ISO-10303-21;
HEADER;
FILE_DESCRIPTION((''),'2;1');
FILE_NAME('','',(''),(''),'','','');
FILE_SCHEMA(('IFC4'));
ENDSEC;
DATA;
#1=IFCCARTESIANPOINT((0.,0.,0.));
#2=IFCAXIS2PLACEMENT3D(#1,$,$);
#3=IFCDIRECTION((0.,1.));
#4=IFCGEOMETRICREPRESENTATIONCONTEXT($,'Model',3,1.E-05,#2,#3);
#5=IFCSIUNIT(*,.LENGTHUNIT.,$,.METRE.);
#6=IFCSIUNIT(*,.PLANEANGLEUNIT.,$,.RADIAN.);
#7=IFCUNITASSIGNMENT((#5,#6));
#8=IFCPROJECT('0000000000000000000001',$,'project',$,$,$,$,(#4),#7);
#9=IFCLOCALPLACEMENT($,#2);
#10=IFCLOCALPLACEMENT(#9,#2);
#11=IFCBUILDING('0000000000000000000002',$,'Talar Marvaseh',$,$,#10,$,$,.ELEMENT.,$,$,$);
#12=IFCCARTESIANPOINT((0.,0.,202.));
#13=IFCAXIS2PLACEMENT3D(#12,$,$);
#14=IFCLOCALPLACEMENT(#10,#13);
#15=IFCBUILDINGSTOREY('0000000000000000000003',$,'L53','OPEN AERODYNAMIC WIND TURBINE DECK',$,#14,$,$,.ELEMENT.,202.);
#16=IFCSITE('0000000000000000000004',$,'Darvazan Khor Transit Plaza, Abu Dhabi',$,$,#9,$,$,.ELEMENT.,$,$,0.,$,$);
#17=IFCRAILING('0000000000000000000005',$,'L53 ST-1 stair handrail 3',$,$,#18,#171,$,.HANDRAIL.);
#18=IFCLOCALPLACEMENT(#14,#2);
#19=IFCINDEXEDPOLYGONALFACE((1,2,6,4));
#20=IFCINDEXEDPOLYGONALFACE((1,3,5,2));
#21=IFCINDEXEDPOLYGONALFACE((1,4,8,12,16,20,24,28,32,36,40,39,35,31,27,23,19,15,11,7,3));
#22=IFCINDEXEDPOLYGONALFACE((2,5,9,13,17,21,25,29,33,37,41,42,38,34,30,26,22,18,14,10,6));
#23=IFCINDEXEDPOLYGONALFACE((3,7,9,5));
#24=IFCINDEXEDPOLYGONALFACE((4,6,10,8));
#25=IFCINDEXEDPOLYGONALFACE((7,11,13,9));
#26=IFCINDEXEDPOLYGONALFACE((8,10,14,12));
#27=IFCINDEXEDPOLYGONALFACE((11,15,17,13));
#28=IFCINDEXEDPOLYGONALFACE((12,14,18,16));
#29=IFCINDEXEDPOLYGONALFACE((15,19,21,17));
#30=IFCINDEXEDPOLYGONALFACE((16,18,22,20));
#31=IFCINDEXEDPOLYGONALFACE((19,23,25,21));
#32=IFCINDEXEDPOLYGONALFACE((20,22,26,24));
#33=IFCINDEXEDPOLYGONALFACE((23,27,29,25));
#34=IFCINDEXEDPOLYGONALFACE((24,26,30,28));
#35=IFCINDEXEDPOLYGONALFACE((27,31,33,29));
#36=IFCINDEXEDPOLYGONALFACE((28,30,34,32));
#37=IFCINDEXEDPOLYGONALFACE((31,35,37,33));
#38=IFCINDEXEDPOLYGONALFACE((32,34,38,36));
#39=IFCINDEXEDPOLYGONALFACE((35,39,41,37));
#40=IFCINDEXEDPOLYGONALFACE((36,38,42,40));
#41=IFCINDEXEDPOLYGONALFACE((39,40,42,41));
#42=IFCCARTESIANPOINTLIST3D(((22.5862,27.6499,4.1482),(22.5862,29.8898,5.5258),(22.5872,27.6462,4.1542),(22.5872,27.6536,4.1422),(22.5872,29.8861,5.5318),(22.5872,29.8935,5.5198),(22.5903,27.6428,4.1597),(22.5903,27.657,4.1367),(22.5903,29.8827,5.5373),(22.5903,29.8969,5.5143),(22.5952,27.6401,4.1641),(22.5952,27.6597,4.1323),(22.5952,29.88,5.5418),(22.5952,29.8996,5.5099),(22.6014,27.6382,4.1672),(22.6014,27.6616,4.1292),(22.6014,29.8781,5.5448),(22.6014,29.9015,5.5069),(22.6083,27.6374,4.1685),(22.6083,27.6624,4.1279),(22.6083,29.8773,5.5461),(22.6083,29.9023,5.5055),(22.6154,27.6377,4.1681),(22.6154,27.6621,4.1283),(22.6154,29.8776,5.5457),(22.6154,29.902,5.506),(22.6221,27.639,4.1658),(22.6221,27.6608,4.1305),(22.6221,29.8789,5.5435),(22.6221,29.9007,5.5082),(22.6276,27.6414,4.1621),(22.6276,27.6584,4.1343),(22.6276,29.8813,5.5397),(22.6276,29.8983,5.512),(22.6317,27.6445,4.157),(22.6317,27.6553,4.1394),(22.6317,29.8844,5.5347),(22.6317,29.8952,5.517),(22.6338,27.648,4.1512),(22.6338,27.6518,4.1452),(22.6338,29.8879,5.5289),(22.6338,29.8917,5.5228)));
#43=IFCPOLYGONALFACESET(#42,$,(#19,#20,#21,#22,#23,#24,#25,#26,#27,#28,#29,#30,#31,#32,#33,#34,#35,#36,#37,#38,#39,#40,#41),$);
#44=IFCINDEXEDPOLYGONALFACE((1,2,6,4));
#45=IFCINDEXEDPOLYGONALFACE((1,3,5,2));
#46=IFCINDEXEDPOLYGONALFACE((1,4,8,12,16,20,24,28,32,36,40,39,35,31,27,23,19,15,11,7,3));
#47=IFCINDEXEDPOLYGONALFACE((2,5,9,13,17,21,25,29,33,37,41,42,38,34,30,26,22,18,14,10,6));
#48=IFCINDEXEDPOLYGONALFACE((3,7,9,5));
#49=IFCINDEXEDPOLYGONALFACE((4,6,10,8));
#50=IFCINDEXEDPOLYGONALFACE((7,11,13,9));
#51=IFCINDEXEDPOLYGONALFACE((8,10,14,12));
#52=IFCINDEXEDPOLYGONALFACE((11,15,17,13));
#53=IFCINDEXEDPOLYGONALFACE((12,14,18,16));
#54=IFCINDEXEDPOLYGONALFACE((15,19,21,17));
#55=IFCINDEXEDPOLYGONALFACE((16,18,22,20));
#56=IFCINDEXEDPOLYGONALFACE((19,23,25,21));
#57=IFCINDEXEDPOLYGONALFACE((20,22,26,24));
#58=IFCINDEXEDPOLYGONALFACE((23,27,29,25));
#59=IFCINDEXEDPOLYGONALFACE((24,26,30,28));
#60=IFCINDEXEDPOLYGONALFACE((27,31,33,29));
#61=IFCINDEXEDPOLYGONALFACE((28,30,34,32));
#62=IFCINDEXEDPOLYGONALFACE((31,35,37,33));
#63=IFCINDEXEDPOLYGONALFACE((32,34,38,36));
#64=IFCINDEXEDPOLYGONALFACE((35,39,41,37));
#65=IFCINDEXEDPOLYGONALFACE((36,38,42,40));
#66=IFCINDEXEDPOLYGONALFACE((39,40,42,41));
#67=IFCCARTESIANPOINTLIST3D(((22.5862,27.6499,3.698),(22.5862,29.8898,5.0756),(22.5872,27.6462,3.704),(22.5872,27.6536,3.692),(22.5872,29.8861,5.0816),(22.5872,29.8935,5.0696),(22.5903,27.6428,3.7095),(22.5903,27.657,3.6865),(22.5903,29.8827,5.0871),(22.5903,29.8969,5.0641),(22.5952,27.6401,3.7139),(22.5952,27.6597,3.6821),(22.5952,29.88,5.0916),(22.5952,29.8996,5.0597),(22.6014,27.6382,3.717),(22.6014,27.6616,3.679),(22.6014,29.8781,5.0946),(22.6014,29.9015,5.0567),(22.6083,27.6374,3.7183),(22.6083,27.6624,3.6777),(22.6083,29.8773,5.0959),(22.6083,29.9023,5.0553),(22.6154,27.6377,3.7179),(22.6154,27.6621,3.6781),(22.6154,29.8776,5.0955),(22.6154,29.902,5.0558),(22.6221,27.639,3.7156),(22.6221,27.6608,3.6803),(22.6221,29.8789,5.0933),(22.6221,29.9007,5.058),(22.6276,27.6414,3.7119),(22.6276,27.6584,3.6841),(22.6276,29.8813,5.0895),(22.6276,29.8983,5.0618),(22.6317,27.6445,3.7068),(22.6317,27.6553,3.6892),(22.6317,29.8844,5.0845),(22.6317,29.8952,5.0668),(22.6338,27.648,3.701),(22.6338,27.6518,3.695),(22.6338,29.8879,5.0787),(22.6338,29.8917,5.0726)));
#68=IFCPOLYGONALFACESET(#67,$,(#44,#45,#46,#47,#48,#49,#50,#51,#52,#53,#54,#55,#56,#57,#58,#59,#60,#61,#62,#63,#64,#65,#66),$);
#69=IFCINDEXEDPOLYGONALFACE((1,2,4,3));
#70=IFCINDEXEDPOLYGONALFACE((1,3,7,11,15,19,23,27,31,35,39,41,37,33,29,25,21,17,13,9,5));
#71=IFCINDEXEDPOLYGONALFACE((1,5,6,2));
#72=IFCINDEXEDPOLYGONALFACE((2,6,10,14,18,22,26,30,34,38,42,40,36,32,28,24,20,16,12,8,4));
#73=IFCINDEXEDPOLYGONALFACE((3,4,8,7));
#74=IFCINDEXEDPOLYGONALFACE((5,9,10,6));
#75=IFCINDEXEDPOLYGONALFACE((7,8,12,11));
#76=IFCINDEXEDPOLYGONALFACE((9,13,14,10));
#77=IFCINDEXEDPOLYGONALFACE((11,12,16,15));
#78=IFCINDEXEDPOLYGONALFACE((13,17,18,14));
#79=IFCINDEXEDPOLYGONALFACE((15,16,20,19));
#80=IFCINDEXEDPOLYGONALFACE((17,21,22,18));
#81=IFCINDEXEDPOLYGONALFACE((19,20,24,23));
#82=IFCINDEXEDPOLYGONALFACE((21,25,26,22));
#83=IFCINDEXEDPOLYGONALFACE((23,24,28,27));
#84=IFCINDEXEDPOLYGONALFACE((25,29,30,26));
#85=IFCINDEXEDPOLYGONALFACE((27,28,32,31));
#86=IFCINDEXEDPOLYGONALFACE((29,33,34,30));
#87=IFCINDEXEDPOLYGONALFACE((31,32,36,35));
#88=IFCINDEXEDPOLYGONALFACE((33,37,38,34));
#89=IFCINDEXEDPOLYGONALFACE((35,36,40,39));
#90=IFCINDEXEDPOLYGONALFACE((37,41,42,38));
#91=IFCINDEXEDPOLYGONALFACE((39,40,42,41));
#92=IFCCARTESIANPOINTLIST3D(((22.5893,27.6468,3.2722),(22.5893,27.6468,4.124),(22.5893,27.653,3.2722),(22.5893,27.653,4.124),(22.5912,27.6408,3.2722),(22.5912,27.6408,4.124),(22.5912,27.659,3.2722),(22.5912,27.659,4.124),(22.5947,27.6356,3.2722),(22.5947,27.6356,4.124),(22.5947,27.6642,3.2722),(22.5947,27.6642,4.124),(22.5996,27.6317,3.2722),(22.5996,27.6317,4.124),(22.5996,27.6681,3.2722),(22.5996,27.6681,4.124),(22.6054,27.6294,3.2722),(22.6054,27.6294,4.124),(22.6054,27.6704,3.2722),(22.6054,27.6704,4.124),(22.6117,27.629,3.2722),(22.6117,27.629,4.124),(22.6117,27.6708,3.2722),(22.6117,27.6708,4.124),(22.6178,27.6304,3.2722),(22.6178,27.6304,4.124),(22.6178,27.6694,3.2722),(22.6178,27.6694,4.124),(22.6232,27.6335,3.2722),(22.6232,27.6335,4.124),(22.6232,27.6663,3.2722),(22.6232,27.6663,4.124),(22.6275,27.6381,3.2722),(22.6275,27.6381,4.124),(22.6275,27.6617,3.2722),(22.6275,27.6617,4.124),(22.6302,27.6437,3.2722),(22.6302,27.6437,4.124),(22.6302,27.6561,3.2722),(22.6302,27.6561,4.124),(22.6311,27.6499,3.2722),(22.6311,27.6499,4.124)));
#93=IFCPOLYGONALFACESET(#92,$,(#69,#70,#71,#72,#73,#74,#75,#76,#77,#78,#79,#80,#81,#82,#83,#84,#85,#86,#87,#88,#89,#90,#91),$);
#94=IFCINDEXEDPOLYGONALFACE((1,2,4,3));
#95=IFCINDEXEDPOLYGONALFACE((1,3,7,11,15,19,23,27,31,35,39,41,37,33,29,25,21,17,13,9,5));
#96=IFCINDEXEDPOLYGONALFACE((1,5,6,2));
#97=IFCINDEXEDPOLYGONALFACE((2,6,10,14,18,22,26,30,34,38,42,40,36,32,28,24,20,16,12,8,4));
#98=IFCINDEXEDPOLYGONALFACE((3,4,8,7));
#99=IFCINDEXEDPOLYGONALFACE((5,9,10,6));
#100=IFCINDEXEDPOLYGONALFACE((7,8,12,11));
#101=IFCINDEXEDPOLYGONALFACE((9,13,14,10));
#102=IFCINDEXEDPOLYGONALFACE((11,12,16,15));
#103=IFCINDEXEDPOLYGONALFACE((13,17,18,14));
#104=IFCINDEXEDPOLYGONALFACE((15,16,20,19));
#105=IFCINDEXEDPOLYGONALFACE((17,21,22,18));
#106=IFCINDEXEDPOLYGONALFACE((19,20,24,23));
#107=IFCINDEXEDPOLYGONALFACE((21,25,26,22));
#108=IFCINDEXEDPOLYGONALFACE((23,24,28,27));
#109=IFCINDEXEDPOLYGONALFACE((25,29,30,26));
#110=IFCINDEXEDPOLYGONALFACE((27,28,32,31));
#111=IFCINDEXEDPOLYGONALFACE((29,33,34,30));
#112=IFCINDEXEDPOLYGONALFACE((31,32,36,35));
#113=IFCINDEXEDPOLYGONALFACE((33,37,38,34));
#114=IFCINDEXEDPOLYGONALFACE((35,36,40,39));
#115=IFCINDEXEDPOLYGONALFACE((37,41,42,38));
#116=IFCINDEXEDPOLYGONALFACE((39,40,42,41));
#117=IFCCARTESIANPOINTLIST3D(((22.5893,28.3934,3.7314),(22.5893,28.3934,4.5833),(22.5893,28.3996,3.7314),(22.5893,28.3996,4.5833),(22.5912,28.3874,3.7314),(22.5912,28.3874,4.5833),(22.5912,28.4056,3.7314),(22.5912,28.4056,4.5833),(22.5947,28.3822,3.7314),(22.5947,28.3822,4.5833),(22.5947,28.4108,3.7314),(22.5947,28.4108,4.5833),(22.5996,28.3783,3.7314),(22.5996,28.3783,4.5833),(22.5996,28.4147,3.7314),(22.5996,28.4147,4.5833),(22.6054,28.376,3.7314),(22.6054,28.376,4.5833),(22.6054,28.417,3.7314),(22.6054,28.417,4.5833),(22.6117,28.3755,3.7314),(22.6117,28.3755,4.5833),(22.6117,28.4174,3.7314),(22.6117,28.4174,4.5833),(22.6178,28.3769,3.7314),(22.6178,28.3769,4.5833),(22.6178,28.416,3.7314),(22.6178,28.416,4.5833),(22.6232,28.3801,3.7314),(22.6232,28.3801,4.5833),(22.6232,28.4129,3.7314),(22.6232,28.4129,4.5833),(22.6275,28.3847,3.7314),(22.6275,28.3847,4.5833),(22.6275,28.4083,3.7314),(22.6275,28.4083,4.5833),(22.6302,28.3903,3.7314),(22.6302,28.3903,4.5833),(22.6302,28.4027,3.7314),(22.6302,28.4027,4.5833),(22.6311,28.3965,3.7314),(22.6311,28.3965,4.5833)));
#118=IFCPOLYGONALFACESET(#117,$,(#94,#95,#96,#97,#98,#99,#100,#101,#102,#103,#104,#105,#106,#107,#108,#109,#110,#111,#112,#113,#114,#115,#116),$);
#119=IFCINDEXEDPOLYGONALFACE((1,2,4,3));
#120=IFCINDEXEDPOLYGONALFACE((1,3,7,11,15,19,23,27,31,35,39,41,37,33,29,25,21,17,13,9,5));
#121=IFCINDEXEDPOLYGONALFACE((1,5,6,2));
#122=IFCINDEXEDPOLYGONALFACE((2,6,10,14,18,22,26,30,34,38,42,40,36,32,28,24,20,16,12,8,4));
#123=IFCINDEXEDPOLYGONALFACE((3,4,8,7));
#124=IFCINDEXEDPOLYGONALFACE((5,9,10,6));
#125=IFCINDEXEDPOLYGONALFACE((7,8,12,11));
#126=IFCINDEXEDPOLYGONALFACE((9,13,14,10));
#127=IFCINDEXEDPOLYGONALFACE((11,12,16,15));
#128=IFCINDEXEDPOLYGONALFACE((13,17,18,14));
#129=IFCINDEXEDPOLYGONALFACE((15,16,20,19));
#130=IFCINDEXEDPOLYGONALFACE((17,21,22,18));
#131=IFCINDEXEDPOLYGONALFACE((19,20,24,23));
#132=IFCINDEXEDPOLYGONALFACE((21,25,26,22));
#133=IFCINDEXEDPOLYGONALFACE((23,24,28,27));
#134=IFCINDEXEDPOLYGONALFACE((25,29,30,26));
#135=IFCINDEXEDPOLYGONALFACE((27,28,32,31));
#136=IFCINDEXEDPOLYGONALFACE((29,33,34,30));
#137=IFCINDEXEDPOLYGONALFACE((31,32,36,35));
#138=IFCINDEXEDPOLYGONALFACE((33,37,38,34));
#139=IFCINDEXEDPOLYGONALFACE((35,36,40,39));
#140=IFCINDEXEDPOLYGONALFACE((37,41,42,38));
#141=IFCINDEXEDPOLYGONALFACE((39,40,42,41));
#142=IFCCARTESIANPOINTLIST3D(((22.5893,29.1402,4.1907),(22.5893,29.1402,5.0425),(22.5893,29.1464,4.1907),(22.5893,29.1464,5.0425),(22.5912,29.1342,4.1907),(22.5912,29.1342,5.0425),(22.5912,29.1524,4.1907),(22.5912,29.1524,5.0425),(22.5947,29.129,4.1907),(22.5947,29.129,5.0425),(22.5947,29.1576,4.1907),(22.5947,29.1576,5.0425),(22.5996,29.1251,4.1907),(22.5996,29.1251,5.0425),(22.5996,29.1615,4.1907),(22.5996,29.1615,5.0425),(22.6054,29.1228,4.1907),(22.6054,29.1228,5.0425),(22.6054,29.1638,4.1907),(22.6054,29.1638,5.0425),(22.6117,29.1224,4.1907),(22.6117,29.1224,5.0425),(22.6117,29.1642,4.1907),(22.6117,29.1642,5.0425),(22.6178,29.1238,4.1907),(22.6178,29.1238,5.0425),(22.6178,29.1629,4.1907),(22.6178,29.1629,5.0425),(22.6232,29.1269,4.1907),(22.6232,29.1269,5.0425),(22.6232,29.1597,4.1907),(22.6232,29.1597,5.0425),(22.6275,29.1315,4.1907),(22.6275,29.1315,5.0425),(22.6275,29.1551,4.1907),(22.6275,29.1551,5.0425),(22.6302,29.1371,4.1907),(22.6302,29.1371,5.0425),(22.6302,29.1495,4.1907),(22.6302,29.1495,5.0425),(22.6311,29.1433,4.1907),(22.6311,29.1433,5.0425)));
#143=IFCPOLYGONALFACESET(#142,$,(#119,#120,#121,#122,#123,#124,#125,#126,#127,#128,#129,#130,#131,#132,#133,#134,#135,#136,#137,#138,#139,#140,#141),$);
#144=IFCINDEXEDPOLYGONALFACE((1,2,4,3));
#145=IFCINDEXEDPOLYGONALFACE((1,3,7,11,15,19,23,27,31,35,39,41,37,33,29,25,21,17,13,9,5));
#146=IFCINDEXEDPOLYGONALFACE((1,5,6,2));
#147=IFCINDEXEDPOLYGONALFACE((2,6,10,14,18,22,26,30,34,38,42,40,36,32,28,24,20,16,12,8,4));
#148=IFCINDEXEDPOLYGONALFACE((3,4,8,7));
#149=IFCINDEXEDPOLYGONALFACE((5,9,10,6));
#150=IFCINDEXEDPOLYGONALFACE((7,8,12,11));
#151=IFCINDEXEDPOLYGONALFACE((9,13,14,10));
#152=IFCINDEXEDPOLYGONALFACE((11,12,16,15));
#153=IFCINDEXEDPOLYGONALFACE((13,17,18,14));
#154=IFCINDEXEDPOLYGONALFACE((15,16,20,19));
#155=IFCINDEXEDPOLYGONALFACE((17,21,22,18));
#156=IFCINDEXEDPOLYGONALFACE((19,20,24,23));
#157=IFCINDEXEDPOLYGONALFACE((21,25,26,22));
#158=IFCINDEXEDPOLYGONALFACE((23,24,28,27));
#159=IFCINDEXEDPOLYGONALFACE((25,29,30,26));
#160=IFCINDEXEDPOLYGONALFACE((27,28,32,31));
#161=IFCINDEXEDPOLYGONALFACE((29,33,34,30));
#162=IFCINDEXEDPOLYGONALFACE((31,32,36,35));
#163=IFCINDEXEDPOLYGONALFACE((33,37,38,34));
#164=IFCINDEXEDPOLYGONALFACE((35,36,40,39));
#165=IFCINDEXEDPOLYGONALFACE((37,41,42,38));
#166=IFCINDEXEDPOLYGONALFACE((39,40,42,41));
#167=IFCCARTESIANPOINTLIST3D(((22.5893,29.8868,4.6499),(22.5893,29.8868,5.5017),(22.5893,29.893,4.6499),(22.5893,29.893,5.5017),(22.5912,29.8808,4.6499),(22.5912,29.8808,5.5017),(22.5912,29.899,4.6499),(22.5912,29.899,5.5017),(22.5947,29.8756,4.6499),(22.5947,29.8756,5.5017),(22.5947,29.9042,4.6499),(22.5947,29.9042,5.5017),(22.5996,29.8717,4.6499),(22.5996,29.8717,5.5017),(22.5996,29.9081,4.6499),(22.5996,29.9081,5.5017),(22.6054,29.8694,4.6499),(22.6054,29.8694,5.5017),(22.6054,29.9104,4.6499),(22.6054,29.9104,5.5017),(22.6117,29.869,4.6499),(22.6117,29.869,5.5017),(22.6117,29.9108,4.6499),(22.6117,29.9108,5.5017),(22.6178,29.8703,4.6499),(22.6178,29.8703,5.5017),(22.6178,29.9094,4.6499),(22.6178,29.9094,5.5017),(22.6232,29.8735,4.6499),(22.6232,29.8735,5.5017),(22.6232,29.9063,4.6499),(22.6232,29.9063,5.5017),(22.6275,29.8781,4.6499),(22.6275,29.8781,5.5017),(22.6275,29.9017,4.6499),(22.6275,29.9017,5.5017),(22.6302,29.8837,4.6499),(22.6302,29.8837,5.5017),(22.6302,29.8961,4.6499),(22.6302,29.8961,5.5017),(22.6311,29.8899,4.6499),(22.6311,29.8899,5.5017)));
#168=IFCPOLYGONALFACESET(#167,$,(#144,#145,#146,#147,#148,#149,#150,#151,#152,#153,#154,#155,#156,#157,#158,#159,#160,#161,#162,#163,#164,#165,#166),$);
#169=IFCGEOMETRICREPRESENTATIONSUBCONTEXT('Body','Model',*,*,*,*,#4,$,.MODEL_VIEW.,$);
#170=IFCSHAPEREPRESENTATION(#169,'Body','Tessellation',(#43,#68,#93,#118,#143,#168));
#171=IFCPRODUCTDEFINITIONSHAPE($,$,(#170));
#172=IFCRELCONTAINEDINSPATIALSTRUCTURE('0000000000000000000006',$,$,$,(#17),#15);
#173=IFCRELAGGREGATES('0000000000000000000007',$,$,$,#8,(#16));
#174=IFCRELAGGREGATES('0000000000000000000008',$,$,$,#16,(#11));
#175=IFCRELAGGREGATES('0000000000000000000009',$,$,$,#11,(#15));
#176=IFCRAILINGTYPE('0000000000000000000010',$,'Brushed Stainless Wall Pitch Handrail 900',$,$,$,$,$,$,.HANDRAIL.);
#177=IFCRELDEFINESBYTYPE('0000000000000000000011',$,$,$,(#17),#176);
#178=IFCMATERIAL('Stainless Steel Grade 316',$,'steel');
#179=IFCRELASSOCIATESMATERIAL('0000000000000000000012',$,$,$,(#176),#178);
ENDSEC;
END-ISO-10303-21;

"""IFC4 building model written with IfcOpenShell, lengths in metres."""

from ifc_helpers import new_model, si_unit, direction, frame, origin, origin_2d, place, context, subcontext, project, spatial, circle, extrude, material, type_object, element, save


model = new_model("IFC4")

# Units and contexts
model_context = context("Model", 3, precision=1e-05, world=origin(), true_north=direction((0.0, 1.0)))
body_context = subcontext(model_context, "Body", "Model", "MODEL_VIEW")
ifc_project = project(units=[si_unit("LENGTHUNIT", "METRE"), si_unit("PLANEANGLEUNIT", "RADIAN")], contexts=[model_context])

# Site, building, storey
site_placement = place(None, origin())
site = spatial("IfcSite", under=ifc_project, at=site_placement, Name="Darvazan Khor Transit Plaza, Abu Dhabi", CompositionType="ELEMENT", RefElevation=0.0)
building_placement = place(site_placement, origin())
building = spatial("IfcBuilding", under=site, at=building_placement, Name="Talar Marvaseh", CompositionType="ELEMENT")
storey_placement = place(building_placement, frame((0.0, 0.0, 202.0)))
storey = spatial("IfcBuildingStorey", under=building, at=storey_placement, Name="L53", Description="OPEN AERODYNAMIC WIND TURBINE DECK", CompositionType="ELEMENT", Elevation=202.0)

# Shared definitions
ifc_material_1 = material(Name="Stainless Steel Grade 316", Category="steel")

# Railing
railing_type_1 = type_object("IfcRailingType", Name="Brushed Stainless Wall Pitch Handrail 900", PredefinedType="HANDRAIL", material=ifc_material_1)
railing_1_placement = place(storey_placement, frame((22.6101, 27.6499, 3.2722)))
element("IfcRailing", 1, at=railing_1_placement, inside=storey, type_object=railing_type_1, Name="L53 ST-1 stair handrail 3", PredefinedType="HANDRAIL", context=body_context, shape_type="SweptSolid", body=[
    extrude(circle(Radius=0.0239, at=origin_2d()), frame((0.0, 0.0, 0.876), z_axis=(0.0, 0.851789, 0.523885), x_axis=(-1.0, 0.0, 0.0)), (0.0, 0.0, 1.0), 2.6296),
    extrude(circle(Radius=0.0239, at=origin_2d()), frame((0.0, 0.0, 0.4258), z_axis=(0.0, 0.851789, 0.523885), x_axis=(-1.0, 0.0, 0.0)), (0.0, 0.0, 1.0), 2.6296),
    extrude(circle(Radius=0.021, at=origin_2d()), origin(), (0.0, 0.0, 1.0), 0.8518),
    extrude(circle(Radius=0.021, at=origin_2d()), frame((0.0, 0.7466, 0.4592)), (0.0, 0.0, 1.0), 0.8518),
    extrude(circle(Radius=0.021, at=origin_2d()), frame((0.0, 1.4934, 0.9185)), (0.0, 0.0, 1.0), 0.8518),
    extrude(circle(Radius=0.021, at=origin_2d()), frame((0.0, 2.24, 1.3777)), (0.0, 0.0, 1.0), 0.8518),
])

save(model, "model.ifc")
